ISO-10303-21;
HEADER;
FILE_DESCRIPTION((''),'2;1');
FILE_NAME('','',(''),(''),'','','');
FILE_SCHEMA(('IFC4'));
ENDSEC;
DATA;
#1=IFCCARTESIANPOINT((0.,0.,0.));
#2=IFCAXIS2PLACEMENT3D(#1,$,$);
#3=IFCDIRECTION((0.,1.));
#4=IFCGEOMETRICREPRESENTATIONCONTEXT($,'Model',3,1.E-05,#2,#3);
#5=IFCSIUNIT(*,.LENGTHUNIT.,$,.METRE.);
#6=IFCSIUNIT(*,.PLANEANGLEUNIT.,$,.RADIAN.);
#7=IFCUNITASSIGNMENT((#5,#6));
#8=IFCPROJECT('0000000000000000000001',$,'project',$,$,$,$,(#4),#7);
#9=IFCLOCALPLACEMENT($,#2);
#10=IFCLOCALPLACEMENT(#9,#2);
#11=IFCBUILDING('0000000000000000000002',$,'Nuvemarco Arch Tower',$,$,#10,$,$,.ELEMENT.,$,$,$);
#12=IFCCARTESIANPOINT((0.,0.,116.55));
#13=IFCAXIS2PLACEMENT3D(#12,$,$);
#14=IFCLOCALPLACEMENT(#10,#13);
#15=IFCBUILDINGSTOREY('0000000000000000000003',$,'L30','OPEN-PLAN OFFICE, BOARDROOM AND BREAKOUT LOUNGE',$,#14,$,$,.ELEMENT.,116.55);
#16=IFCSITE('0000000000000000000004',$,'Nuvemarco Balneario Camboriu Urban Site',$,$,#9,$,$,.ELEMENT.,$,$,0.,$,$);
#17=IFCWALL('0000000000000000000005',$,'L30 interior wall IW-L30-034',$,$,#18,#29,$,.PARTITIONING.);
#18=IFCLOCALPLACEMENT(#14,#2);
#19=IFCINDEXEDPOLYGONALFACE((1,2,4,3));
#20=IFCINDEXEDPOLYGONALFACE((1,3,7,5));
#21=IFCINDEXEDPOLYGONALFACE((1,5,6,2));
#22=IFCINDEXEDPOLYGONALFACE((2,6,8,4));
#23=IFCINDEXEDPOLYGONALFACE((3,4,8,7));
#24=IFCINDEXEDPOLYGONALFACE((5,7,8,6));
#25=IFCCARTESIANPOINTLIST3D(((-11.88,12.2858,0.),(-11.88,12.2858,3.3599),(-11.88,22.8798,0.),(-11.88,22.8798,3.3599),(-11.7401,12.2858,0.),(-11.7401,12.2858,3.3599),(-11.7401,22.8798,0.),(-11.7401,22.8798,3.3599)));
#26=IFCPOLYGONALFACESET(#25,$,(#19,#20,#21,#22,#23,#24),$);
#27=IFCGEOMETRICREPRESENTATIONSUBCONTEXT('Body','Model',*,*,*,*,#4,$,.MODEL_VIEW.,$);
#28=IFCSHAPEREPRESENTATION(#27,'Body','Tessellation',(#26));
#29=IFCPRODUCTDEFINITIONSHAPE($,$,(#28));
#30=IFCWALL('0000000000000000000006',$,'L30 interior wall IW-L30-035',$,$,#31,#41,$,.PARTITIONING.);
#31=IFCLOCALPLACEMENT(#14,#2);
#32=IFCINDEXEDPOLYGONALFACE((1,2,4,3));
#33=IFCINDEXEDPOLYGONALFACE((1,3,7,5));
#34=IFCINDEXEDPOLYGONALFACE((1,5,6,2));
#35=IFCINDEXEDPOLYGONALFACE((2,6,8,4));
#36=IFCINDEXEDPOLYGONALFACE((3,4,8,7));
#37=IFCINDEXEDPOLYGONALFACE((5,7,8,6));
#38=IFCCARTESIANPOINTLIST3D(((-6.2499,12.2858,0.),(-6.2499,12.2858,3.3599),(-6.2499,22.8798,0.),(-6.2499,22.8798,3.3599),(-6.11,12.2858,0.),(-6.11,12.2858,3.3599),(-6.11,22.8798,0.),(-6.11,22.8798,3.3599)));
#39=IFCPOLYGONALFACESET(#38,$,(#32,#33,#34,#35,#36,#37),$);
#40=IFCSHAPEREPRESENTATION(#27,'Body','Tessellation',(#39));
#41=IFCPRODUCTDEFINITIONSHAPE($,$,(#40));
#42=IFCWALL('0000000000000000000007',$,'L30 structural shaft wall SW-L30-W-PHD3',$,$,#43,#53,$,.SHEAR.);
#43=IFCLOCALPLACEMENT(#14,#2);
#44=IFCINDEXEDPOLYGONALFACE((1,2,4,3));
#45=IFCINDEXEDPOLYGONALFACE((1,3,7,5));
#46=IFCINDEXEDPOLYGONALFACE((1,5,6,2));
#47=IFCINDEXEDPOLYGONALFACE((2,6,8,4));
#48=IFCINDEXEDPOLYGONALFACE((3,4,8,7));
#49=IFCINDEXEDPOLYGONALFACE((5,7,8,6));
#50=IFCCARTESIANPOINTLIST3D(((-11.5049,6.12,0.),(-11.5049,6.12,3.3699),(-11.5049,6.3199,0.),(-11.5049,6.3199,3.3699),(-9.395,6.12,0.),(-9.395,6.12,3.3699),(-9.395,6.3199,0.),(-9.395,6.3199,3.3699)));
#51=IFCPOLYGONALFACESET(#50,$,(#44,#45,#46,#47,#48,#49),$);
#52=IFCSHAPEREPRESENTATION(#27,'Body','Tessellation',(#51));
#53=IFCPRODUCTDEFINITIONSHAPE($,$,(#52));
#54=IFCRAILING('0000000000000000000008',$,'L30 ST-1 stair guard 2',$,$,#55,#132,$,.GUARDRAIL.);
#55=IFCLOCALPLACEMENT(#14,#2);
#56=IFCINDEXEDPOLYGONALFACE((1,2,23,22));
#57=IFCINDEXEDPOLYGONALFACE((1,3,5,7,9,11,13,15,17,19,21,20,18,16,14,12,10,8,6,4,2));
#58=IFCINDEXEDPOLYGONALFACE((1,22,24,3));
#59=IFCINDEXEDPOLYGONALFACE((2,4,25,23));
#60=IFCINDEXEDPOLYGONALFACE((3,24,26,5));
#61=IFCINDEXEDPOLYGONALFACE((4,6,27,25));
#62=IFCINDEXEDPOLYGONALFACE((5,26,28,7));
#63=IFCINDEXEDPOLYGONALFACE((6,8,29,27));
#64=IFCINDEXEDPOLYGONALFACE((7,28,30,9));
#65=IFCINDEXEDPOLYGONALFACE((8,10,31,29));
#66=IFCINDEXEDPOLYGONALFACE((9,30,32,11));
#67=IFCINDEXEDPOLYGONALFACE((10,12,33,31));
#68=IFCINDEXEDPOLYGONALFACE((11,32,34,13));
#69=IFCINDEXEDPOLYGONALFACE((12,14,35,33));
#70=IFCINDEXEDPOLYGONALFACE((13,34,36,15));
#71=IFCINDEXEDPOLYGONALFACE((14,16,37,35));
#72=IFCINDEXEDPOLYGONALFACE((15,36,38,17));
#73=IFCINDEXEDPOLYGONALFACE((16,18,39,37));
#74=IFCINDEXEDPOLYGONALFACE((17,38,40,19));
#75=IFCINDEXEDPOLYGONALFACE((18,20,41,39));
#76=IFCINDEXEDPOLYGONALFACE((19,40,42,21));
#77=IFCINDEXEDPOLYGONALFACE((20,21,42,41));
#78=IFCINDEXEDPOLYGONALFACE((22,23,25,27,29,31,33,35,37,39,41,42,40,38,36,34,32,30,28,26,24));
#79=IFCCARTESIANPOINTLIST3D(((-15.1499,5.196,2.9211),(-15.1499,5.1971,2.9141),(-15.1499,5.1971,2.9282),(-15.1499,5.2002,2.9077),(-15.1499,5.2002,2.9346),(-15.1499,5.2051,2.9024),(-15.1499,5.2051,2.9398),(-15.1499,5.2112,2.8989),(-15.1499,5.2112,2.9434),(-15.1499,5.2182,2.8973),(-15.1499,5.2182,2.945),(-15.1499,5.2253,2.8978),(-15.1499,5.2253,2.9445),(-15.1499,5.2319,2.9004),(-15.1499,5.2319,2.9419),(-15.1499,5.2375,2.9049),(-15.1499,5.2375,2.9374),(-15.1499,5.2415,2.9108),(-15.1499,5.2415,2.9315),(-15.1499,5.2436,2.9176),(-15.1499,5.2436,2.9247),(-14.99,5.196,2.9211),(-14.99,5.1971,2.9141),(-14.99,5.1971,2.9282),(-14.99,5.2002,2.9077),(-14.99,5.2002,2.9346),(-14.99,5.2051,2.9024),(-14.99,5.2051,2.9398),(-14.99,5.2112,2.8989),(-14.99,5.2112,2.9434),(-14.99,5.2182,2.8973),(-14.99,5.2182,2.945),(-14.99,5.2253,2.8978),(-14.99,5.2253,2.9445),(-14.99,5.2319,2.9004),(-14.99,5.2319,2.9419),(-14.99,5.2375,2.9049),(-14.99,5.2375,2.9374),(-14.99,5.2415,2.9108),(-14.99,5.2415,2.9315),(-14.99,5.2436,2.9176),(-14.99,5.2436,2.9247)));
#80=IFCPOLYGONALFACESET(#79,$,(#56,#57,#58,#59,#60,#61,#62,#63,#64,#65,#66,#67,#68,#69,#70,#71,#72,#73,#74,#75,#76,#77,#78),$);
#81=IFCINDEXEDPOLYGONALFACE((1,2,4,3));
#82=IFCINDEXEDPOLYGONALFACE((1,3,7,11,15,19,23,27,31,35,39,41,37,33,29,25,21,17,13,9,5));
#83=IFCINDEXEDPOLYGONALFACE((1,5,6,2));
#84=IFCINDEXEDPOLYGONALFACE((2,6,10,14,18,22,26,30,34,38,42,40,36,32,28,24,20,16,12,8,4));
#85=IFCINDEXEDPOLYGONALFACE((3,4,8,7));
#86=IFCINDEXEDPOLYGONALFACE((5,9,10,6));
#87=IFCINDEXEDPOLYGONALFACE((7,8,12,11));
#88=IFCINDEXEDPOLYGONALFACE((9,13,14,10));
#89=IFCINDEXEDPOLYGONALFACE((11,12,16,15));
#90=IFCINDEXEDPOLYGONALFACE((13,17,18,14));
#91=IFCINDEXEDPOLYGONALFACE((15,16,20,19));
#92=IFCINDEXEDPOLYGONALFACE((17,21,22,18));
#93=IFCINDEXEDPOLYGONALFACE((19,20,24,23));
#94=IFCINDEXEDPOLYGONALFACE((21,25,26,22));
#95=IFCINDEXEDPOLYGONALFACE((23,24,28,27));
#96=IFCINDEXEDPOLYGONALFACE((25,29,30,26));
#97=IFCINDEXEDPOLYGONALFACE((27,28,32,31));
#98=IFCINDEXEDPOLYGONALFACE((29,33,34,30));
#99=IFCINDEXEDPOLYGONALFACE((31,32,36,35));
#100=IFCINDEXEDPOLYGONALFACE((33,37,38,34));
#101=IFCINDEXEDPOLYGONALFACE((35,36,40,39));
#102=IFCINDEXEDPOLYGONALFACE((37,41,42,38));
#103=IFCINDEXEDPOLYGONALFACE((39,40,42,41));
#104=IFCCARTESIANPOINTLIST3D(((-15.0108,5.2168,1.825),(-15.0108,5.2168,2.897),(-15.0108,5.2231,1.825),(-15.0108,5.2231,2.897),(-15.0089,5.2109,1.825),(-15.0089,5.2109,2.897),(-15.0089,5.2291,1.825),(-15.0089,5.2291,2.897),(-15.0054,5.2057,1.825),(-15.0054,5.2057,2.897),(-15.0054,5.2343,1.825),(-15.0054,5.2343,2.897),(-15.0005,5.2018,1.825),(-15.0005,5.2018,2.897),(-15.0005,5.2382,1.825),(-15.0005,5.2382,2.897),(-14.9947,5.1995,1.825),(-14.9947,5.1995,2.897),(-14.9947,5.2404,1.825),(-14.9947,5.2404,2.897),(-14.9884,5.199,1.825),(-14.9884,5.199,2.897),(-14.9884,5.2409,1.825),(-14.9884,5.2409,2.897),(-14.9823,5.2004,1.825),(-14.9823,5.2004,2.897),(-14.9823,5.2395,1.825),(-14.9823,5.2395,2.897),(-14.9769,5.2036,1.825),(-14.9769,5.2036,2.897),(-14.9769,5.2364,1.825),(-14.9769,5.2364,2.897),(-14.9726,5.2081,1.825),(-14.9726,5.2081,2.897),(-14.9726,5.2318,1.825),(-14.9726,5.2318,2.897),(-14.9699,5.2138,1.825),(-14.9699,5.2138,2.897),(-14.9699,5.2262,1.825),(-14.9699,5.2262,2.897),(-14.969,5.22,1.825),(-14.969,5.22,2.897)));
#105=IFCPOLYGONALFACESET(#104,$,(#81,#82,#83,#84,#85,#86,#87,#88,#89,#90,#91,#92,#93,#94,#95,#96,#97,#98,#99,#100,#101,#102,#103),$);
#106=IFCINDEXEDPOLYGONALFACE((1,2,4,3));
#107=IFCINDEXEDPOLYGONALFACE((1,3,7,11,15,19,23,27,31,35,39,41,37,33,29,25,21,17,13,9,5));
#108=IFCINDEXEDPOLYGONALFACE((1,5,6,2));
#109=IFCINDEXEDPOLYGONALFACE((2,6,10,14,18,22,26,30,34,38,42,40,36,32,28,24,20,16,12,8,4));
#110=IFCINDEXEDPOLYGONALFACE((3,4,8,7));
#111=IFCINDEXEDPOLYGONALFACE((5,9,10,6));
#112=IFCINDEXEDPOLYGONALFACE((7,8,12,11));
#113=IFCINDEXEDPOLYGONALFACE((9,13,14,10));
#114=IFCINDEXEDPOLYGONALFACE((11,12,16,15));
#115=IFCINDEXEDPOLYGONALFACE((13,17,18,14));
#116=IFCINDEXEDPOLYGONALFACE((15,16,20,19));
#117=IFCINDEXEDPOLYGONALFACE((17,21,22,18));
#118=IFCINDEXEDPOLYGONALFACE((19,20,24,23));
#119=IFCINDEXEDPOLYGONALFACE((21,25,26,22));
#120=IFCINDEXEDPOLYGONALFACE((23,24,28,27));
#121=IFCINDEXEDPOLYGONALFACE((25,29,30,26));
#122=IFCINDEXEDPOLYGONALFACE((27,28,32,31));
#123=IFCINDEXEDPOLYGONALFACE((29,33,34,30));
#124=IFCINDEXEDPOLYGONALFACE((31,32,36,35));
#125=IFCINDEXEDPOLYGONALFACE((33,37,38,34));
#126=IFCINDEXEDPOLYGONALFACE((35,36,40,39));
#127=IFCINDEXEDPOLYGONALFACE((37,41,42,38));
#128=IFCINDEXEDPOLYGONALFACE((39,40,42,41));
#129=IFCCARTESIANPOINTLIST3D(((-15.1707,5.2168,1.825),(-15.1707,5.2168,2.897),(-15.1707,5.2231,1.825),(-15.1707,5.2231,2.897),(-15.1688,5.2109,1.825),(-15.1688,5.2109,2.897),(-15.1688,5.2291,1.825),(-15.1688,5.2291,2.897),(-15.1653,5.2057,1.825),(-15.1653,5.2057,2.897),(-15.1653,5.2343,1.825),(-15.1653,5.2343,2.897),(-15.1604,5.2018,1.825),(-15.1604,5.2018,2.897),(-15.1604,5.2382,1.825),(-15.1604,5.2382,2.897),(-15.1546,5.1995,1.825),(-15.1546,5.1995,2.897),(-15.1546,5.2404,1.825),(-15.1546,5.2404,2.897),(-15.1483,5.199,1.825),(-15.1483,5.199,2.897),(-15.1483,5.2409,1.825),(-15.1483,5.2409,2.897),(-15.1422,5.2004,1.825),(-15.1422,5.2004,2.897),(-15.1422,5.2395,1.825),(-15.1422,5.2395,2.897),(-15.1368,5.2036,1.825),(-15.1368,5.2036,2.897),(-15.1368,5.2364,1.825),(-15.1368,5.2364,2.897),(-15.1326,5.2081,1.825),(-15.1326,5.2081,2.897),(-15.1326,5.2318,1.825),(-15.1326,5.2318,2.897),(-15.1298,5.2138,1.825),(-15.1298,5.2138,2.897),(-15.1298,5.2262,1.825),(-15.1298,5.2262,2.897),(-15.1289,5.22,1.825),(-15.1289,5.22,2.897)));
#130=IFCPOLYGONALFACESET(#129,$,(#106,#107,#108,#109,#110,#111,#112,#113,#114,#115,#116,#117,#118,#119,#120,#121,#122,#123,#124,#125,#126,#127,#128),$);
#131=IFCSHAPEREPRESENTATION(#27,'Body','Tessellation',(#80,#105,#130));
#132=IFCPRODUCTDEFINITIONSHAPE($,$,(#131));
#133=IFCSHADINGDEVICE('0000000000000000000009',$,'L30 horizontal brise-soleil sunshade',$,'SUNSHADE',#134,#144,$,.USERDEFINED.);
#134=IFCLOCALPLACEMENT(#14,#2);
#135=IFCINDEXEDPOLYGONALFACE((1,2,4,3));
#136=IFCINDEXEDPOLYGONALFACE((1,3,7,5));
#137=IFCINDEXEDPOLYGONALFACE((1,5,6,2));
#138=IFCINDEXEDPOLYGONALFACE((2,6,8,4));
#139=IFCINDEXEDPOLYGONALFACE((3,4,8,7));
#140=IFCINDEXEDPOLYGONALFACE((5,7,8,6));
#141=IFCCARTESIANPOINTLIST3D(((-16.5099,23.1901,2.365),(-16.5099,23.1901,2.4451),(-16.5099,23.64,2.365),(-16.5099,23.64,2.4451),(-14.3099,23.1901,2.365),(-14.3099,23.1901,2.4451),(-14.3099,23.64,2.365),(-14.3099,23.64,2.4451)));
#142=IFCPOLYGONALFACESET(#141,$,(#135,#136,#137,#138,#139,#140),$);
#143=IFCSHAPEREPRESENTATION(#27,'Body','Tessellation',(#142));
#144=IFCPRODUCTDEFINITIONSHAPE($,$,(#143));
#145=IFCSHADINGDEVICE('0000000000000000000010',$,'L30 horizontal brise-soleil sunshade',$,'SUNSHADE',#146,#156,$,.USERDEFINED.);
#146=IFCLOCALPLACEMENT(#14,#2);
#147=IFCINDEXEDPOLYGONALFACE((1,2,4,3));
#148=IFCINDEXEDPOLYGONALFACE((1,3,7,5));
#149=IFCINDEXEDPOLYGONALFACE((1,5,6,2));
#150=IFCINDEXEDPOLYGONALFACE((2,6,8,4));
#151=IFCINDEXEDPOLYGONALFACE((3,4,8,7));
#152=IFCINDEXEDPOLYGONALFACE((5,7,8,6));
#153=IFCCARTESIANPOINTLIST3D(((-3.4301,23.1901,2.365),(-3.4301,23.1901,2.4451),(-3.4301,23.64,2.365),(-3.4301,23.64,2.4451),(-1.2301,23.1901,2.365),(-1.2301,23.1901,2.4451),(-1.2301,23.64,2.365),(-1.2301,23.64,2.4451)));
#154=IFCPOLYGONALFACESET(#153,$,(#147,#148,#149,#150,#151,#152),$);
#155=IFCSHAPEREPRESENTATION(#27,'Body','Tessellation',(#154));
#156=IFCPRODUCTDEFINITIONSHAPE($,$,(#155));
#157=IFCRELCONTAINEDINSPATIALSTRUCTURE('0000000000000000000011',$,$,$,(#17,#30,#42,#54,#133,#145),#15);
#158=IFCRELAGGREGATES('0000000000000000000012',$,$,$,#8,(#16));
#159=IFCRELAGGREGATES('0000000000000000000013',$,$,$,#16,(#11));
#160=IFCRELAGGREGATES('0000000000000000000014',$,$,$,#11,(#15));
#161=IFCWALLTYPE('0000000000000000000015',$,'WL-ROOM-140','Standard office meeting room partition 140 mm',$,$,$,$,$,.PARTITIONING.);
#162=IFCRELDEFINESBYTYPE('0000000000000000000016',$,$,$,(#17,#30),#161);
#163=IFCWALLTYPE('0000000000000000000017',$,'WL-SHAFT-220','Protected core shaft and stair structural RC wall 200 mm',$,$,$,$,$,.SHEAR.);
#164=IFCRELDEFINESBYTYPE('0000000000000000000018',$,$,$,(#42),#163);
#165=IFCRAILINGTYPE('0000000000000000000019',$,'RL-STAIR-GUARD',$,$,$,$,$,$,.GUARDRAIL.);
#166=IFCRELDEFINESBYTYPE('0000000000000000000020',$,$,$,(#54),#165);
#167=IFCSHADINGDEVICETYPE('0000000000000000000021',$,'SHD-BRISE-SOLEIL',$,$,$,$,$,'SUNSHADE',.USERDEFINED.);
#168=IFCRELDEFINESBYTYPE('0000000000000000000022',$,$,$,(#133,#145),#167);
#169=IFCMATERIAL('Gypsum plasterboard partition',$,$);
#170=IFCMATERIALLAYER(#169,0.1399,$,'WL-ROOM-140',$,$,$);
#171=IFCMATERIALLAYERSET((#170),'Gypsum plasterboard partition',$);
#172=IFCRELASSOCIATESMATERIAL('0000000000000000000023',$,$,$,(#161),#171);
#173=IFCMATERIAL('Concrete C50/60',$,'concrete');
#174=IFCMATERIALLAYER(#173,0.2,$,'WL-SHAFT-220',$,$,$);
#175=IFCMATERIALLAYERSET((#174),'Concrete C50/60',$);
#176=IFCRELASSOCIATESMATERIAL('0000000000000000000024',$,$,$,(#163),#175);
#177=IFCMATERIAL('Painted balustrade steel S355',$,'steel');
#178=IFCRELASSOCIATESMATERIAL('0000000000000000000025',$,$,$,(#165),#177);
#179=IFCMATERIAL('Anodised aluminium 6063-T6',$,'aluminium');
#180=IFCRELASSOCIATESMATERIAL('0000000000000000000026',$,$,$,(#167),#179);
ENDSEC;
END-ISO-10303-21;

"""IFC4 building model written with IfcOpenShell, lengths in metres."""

from ifc_helpers import new_model, si_unit, direction, frame, frame_2d, origin, origin_2d, place, context, subcontext, project, spatial, rectangle, circle, extrude, source, transform, mapped, material, layer, layer_set, type_object, type_shapes, element, save


model = new_model("IFC4")

# Units and contexts
model_context = context("Model", 3, precision=1e-05, world=origin(), true_north=direction((0.0, 1.0)))
body_context = subcontext(model_context, "Body", "Model", "MODEL_VIEW")
ifc_project = project(units=[si_unit("LENGTHUNIT", "METRE"), si_unit("PLANEANGLEUNIT", "RADIAN")], contexts=[model_context])

# Site, building, storey
site_placement = place(None, origin())
site = spatial("IfcSite", under=ifc_project, at=site_placement, Name="Nuvemarco Balneario Camboriu Urban Site", CompositionType="ELEMENT", RefElevation=0.0)
building_placement = place(site_placement, origin())
building = spatial("IfcBuilding", under=site, at=building_placement, Name="Nuvemarco Arch Tower", CompositionType="ELEMENT")
storey_placement = place(building_placement, frame((0.0, 0.0, 116.55)))
storey = spatial("IfcBuildingStorey", under=building, at=storey_placement, Name="L30", Description="OPEN-PLAN OFFICE, BOARDROOM AND BREAKOUT LOUNGE", CompositionType="ELEMENT", Elevation=116.55)

# Walls
ifc_material_1 = material(Name="Gypsum plasterboard partition")
ifc_layer_1 = layer(ifc_material_1, 0.1399, Name="WL-ROOM-140")
ifc_layer_set_1 = layer_set([ifc_layer_1], Name="Gypsum plasterboard partition")
wall_type_1 = type_object("IfcWallType", Name="WL-ROOM-140", Description="Standard office meeting room partition 140 mm", PredefinedType="PARTITIONING", material=ifc_layer_set_1)
for number, where, z_axis, x_axis, name in (
    (1, (-11.8101, 12.2859, 0.0), (0.0, 0.0, 1.0), (0.0, 1.0, 0.0), "L30 interior wall IW-L30-034"),
    (2, (-6.1799, 12.2859, 0.0), (0.0, 0.0, 1.0), (0.0, 1.0, 0.0), "L30 interior wall IW-L30-035"),
):
    element("IfcWall", number, at=place(storey_placement, frame(where, z_axis=z_axis, x_axis=x_axis)), inside=storey, type_object=wall_type_1, Name=name, PredefinedType="PARTITIONING", context=body_context, shape_type="SweptSolid", body=[
        extrude(rectangle(XDim=10.594, YDim=0.1399, at=frame_2d((5.2969, 0.0))), origin(), (0.0, 0.0, 1.0), 3.3599),
    ])
ifc_material_2 = material(Name="Concrete C50/60", Category="concrete")
ifc_layer_2 = layer(ifc_material_2, 0.2, Name="WL-SHAFT-220")
ifc_layer_set_2 = layer_set([ifc_layer_2], Name="Concrete C50/60")
wall_type_2 = type_object("IfcWallType", Name="WL-SHAFT-220", Description="Protected core shaft and stair structural RC wall 200 mm", PredefinedType="SHEAR", material=ifc_layer_set_2)
wall_1_placement = place(storey_placement, frame((-11.5049, 6.22, 0.0), z_axis=(0.0, 0.0, 1.0), x_axis=(1.0, 0.0, 0.0)))
element("IfcWall", 3, at=wall_1_placement, inside=storey, type_object=wall_type_2, Name="L30 structural shaft wall SW-L30-W-PHD3", PredefinedType="SHEAR", context=body_context, shape_type="SweptSolid", body=[
    extrude(rectangle(XDim=2.1099, YDim=0.2, at=frame_2d((1.0549, 0.0))), origin(), (0.0, 0.0, 1.0), 3.3699),
])

# Railing
ifc_material_3 = material(Name="Painted balustrade steel S355", Category="steel")
railing_type = type_object("IfcRailingType", Name="RL-STAIR-GUARD", PredefinedType="GUARDRAIL", material=ifc_material_3)
railing_placement = place(storey_placement, frame((-14.99, 5.22, 1.825)))
element("IfcRailing", 4, at=railing_placement, inside=storey, type_object=railing_type, Name="L30 ST-1 stair guard 2", PredefinedType="GUARDRAIL", context=body_context, shape_type="SweptSolid", body=[
    extrude(circle(Radius=0.0239, at=origin_2d()), frame((0.0, 0.0, 1.0962), z_axis=(-1.0, 0.0, 0.0), x_axis=(0.0, -1.0, 0.0)), (0.0, 0.0, 1.0), 0.1599),
    extrude(circle(Radius=0.021, at=origin_2d()), origin(), (0.0, 0.0, 1.0), 1.072),
    extrude(circle(Radius=0.021, at=origin_2d()), frame((-0.1599, 0.0, 0.0)), (0.0, 0.0, 1.0), 1.072),
])

# Shading devices
ifc_material_4 = material(Name="Anodised aluminium 6063-T6", Category="aluminium")
shading_device_type = type_object("IfcShadingDeviceType", Name="SHD-BRISE-SOLEIL", ElementType="SUNSHADE", PredefinedType="USERDEFINED", material=ifc_material_4)
shared_shape_1 = source(origin(), body_context, "Body", "SweptSolid", [
    extrude(rectangle(XDim=2.2, YDim=0.45, at=origin_2d()), origin(), (0.0, 0.0, 1.0), 0.0801),
])
type_shapes(shading_device_type, [shared_shape_1])
for number, where, z_axis, x_axis, name in (
    (5, (-15.4099, 23.415, 2.365), (0.0, 0.0, 1.0), (1.0, 0.0, 0.0), "L30 horizontal brise-soleil sunshade"),
    (6, (-2.3301, 23.415, 2.365), (0.0, 0.0, 1.0), (1.0, 0.0, 0.0), "L30 horizontal brise-soleil sunshade"),
):
    element("IfcShadingDevice", number, at=place(storey_placement, frame(where, z_axis=z_axis, x_axis=x_axis)), inside=storey, type_object=shading_device_type, Name=name, ObjectType="SUNSHADE", PredefinedType="USERDEFINED", context=body_context, shape_type="MappedRepresentation", body=[
        mapped(shared_shape_1, transform((0.0, 0.0, 0.0), scale=1.0)),
    ])

save(model, "model.ifc")
